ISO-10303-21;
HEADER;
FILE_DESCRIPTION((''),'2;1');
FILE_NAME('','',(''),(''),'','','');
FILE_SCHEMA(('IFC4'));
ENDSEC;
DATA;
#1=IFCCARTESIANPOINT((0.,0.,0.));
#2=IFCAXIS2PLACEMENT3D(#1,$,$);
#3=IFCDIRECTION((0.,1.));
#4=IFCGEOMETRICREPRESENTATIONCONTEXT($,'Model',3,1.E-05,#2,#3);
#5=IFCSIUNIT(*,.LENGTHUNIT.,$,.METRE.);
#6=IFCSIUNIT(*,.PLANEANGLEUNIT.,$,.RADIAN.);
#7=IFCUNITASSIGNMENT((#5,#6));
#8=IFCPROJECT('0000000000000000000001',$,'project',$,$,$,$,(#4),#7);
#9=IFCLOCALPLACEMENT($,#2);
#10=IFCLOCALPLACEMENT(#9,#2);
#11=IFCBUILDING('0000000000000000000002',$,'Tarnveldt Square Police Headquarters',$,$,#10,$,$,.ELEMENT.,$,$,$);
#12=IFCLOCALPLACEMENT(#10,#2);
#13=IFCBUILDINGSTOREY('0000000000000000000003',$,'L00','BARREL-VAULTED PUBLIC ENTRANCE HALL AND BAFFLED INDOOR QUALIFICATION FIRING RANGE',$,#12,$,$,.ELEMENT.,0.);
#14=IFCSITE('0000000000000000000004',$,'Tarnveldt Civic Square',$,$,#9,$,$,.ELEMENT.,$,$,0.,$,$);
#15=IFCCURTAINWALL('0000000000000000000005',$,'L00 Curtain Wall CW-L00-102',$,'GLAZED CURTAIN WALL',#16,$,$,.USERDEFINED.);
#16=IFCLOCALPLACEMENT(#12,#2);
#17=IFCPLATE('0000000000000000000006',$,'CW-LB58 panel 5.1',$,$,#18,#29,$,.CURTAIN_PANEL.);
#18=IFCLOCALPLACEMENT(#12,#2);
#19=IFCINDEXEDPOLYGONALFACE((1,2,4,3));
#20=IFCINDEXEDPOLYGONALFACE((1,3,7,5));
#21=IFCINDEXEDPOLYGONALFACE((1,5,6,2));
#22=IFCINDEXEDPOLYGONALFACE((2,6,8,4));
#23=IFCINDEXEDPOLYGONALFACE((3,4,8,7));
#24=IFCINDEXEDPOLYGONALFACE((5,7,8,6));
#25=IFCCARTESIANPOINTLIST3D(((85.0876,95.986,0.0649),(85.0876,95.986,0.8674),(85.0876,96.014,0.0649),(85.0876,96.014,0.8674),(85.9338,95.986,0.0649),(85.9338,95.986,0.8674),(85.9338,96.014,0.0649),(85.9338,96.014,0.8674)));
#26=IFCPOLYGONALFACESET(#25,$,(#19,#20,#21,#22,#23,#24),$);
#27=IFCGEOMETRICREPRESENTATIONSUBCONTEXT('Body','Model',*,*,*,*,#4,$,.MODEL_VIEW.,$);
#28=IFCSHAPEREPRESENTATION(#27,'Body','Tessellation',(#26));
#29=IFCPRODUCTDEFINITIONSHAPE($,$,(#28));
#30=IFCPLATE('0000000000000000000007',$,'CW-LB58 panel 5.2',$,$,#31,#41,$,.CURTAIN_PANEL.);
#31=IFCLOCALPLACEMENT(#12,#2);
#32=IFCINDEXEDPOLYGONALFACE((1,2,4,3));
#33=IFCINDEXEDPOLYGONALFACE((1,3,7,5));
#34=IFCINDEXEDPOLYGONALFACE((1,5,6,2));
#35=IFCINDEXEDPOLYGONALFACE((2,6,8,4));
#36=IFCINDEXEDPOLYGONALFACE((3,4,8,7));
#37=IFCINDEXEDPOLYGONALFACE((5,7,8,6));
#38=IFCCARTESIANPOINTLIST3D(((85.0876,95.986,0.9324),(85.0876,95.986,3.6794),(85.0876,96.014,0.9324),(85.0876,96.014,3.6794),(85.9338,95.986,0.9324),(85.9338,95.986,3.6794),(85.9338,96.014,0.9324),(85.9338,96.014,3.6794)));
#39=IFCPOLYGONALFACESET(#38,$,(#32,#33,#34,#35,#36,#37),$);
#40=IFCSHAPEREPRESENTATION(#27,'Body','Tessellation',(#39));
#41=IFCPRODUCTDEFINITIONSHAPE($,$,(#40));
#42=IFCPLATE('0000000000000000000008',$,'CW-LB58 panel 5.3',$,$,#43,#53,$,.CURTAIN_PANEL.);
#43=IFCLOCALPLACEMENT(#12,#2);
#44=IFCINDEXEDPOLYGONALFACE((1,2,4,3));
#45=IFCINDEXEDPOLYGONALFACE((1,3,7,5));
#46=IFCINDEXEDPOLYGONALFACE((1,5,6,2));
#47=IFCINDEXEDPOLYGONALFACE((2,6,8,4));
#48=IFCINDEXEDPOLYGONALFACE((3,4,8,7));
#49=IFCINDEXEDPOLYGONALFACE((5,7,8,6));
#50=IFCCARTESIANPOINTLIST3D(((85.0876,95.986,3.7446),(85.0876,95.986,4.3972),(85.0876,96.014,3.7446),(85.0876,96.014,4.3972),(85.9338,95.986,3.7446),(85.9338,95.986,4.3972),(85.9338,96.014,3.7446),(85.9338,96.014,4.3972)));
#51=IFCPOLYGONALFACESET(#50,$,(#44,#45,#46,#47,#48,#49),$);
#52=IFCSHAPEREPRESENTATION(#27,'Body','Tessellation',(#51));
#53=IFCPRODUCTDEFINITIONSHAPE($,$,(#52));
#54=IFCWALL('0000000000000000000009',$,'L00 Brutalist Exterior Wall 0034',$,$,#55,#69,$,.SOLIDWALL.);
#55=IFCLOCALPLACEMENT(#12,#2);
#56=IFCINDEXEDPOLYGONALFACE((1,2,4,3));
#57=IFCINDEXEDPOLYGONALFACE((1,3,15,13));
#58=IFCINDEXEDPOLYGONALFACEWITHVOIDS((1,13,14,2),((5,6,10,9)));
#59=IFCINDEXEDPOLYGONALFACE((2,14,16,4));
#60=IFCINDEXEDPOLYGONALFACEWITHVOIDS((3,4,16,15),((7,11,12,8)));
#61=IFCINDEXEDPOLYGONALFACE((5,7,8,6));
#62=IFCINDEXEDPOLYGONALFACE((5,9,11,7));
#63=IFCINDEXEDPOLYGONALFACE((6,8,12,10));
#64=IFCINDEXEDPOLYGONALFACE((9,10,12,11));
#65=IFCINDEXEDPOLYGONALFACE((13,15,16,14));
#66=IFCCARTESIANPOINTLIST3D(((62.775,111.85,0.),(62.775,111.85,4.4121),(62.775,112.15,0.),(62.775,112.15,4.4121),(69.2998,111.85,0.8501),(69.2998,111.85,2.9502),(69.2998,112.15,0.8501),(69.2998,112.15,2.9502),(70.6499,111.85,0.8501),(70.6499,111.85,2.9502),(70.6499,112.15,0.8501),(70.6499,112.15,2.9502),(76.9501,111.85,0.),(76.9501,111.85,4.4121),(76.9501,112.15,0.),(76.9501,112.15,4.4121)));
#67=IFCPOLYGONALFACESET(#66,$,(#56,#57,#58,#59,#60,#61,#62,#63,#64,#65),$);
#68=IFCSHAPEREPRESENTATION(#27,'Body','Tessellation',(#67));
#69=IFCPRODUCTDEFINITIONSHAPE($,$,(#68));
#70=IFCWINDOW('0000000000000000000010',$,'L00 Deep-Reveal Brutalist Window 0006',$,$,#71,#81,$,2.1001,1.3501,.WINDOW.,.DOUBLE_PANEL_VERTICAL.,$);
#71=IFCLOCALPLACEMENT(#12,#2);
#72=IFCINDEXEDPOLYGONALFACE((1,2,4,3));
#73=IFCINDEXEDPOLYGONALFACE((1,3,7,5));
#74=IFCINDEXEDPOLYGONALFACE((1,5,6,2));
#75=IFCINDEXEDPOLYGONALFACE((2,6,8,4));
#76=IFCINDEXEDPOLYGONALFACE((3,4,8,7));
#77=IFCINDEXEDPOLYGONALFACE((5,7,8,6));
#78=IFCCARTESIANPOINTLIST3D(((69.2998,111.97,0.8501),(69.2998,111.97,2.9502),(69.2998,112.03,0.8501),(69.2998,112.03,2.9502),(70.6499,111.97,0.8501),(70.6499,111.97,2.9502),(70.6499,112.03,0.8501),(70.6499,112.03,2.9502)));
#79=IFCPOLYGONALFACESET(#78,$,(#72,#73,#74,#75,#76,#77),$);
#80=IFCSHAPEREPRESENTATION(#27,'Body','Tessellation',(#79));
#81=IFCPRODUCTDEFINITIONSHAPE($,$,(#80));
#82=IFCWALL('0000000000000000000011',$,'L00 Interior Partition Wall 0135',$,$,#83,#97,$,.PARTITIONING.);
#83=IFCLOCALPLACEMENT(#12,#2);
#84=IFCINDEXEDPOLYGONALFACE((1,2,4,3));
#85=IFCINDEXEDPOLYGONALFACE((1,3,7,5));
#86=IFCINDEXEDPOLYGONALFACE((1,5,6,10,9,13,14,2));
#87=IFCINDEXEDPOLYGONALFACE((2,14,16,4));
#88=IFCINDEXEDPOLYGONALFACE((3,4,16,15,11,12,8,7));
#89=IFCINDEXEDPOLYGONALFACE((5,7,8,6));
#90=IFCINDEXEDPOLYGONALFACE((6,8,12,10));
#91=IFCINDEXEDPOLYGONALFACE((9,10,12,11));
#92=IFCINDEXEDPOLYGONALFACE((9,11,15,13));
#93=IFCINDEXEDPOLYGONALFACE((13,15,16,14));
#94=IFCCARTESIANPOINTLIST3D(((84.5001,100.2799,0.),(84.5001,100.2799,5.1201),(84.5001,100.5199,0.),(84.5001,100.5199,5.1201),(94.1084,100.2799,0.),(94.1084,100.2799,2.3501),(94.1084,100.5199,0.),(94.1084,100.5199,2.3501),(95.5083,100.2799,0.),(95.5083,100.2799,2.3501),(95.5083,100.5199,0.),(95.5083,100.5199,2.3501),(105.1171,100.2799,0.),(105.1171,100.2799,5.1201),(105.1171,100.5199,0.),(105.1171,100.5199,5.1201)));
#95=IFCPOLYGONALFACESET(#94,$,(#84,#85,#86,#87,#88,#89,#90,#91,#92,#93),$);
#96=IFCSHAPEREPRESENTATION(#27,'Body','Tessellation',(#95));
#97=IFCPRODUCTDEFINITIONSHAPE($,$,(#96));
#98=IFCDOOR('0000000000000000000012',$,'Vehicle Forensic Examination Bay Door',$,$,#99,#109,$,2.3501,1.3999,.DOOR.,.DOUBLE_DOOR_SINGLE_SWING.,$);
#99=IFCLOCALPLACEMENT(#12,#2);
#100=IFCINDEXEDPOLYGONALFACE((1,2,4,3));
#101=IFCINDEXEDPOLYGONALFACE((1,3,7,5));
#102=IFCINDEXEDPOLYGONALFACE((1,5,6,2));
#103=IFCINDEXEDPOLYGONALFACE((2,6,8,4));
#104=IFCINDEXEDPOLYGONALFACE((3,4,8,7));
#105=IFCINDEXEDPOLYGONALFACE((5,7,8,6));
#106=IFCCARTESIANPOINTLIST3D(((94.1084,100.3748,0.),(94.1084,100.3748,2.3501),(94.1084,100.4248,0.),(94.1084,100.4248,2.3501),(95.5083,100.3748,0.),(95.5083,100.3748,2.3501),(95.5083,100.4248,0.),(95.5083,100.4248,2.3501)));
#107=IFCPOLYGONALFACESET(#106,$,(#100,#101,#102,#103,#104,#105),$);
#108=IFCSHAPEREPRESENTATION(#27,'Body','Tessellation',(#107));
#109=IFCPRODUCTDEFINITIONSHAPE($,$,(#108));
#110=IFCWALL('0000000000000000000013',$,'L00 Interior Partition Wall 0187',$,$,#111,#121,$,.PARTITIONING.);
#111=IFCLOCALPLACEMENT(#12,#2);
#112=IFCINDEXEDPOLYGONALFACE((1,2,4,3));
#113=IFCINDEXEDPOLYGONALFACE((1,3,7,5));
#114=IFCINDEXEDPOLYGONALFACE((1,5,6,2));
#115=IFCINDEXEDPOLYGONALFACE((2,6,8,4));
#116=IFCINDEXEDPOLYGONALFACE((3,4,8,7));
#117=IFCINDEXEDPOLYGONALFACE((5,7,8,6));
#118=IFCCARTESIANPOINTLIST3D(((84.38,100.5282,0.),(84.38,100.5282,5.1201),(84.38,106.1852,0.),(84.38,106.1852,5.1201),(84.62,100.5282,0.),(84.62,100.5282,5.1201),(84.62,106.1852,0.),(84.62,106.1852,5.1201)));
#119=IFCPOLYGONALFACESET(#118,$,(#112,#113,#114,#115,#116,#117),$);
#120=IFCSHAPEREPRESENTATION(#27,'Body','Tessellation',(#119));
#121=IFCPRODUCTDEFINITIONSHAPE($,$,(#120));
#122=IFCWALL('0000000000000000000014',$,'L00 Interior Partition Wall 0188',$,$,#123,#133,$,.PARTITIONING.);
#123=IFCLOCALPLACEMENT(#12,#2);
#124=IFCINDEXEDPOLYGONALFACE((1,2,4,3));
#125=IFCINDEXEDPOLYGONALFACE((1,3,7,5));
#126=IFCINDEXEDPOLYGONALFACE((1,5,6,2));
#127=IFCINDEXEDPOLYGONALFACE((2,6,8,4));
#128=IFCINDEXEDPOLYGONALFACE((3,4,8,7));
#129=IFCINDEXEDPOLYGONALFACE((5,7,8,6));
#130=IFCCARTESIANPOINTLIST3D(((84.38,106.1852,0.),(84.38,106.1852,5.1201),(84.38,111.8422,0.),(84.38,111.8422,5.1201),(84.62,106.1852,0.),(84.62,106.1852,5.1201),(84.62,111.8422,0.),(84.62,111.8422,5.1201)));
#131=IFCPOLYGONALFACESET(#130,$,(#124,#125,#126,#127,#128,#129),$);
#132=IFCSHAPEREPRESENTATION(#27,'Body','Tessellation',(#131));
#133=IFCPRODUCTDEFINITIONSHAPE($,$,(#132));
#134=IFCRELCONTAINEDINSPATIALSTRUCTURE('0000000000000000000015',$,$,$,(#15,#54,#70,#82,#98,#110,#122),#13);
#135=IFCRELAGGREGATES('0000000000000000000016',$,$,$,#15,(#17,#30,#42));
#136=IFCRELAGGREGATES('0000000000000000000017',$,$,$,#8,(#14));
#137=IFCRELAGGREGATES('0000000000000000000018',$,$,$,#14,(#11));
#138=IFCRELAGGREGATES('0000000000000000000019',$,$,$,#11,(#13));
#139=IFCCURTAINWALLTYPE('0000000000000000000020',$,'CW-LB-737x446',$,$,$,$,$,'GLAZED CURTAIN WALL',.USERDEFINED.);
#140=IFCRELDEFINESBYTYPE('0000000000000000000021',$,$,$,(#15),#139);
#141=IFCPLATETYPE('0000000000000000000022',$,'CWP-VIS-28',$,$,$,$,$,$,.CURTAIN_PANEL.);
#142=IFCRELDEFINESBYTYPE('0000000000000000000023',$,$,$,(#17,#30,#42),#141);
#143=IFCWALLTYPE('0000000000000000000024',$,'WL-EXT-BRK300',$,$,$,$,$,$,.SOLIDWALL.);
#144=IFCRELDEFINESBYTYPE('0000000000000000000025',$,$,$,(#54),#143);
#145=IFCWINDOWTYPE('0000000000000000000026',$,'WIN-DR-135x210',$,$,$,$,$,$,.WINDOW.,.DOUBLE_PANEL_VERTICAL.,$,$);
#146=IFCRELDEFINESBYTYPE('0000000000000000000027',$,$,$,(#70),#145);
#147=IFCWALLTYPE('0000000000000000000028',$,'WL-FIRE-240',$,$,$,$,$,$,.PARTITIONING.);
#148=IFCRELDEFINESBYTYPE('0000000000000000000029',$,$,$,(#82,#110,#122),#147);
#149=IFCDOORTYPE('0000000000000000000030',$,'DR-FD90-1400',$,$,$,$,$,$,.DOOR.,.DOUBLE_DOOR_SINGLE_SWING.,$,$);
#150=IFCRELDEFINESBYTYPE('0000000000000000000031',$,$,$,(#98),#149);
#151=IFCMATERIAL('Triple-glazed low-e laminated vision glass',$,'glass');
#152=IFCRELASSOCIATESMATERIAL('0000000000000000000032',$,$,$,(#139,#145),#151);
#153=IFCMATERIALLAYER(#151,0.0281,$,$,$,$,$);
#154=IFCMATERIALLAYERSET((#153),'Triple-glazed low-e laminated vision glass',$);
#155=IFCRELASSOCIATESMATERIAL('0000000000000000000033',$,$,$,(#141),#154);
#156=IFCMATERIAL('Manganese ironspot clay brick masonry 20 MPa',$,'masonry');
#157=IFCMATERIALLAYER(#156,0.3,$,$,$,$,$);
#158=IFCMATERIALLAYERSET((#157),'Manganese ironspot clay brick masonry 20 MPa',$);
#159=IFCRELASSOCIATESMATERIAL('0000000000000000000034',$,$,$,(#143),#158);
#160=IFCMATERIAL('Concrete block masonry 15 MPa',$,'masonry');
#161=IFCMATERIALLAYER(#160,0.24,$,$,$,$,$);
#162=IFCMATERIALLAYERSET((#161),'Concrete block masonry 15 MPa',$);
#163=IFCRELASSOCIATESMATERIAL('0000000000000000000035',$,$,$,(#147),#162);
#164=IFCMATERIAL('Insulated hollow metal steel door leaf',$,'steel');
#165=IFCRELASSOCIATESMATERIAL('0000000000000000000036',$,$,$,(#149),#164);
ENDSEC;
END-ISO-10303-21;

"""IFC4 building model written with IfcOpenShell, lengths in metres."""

from ifc_helpers import new_model, si_unit, direction, frame, frame_2d, origin, origin_2d, place, context, subcontext, project, spatial, rectangle, extrude, material, layer, layer_set, type_object, element, fill, aggregate, save


model = new_model("IFC4")

# Units and contexts
model_context = context("Model", 3, precision=1e-05, world=origin(), true_north=direction((0.0, 1.0)))
body_context = subcontext(model_context, "Body", "Model", "MODEL_VIEW")
ifc_project = project(units=[si_unit("LENGTHUNIT", "METRE"), si_unit("PLANEANGLEUNIT", "RADIAN")], contexts=[model_context])

# Site, building, storey
site_placement = place(None, origin())
site = spatial("IfcSite", under=ifc_project, at=site_placement, Name="Tarnveldt Civic Square", CompositionType="ELEMENT", RefElevation=0.0)
building_placement = place(site_placement, origin())
building = spatial("IfcBuilding", under=site, at=building_placement, Name="Tarnveldt Square Police Headquarters", CompositionType="ELEMENT")
storey_placement = place(building_placement, origin())
storey = spatial("IfcBuildingStorey", under=building, at=storey_placement, Name="L00", Description="BARREL-VAULTED PUBLIC ENTRANCE HALL AND BAFFLED INDOOR QUALIFICATION FIRING RANGE", CompositionType="ELEMENT", Elevation=0.0)

# Curtain wall, plates
ifc_material_1 = material(Name="Triple-glazed low-e laminated vision glass", Category="glass")
curtain_wall_type = type_object("IfcCurtainWallType", Name="CW-LB-737x446", ElementType="GLAZED CURTAIN WALL", PredefinedType="USERDEFINED", material=ifc_material_1)
curtain_wall_placement = place(storey_placement, origin())
curtain_wall = element("IfcCurtainWall", 1, at=curtain_wall_placement, inside=storey, type_object=curtain_wall_type, Name="L00 Curtain Wall CW-L00-102", ObjectType="GLAZED CURTAIN WALL", PredefinedType="USERDEFINED")
ifc_layer_1 = layer(ifc_material_1, 0.0281)
ifc_layer_set_1 = layer_set([ifc_layer_1], Name="Triple-glazed low-e laminated vision glass")
plate_type = type_object("IfcPlateType", Name="CWP-VIS-28", PredefinedType="CURTAIN_PANEL", material=ifc_layer_set_1)
plate_1_placement = place(storey_placement, frame((85.5107, 96.0, 0.0649), z_axis=(0.0, 0.0, 1.0), x_axis=(1.0, 0.0, 0.0)))
plate_1 = element("IfcPlate", 2, at=plate_1_placement, type_object=plate_type, Name="CW-LB58 panel 5.1", PredefinedType="CURTAIN_PANEL", context=body_context, shape_type="SweptSolid", body=[
    extrude(rectangle(XDim=0.8462, YDim=0.0281, at=origin_2d()), origin(), (0.0, 0.0, 1.0), 0.8025),
])
plate_2_placement = place(storey_placement, frame((85.5107, 96.0, 0.9324), z_axis=(0.0, 0.0, 1.0), x_axis=(1.0, 0.0, 0.0)))
plate_2 = element("IfcPlate", 3, at=plate_2_placement, type_object=plate_type, Name="CW-LB58 panel 5.2", PredefinedType="CURTAIN_PANEL", context=body_context, shape_type="SweptSolid", body=[
    extrude(rectangle(XDim=0.8462, YDim=0.0281, at=origin_2d()), origin(), (0.0, 0.0, 1.0), 2.7471),
])
plate_3_placement = place(storey_placement, frame((85.5107, 96.0, 3.7446), z_axis=(0.0, 0.0, 1.0), x_axis=(1.0, 0.0, 0.0)))
plate_3 = element("IfcPlate", 4, at=plate_3_placement, type_object=plate_type, Name="CW-LB58 panel 5.3", PredefinedType="CURTAIN_PANEL", context=body_context, shape_type="SweptSolid", body=[
    extrude(rectangle(XDim=0.8462, YDim=0.0281, at=origin_2d()), origin(), (0.0, 0.0, 1.0), 0.6526),
])
aggregate(curtain_wall, [plate_1, plate_2, plate_3])

# Wall, opening, window
ifc_material_2 = material(Name="Manganese ironspot clay brick masonry 20 MPa", Category="masonry")
ifc_layer_2 = layer(ifc_material_2, 0.3)
ifc_layer_set_2 = layer_set([ifc_layer_2], Name="Manganese ironspot clay brick masonry 20 MPa")
wall_type_1 = type_object("IfcWallType", Name="WL-EXT-BRK300", PredefinedType="SOLIDWALL", material=ifc_layer_set_2)
wall_1_placement = place(storey_placement, frame((76.95, 112.0, 0.0), z_axis=(0.0, 0.0, 1.0), x_axis=(-1.0, 0.0, 0.0)))
wall_1 = element("IfcWall", 5, at=wall_1_placement, inside=storey, type_object=wall_type_1, Name="L00 Brutalist Exterior Wall 0034", PredefinedType="SOLIDWALL", context=body_context, shape_type="SweptSolid", body=[
    extrude(rectangle(XDim=14.175, YDim=0.3, at=frame_2d((7.0874, 0.0))), origin(), (0.0, 0.0, 1.0), 4.4121),
])
opening_1_placement = place(wall_1_placement, frame((6.3, 0.0, 0.8501)))
opening_1 = element("IfcOpeningElement", 6, at=opening_1_placement, cuts=wall_1, PredefinedType="OPENING", context=body_context, shape_type="SweptSolid", body=[
    extrude(rectangle(XDim=1.3501, YDim=2.1001, at=frame_2d((0.675, 1.05))), frame((0.0, 0.1599, 0.0), z_axis=(0.0, -1.0, 0.0), x_axis=(1.0, 0.0, 0.0)), (0.0, 0.0, 1.0), 0.3201),
])
window_type = type_object("IfcWindowType", Name="WIN-DR-135x210", PartitioningType="DOUBLE_PANEL_VERTICAL", PredefinedType="WINDOW", material=ifc_material_1)
window_placement = place(opening_1_placement, origin())
window = element("IfcWindow", 7, at=window_placement, inside=storey, type_object=window_type, Name="L00 Deep-Reveal Brutalist Window 0006", OverallHeight=2.1001, OverallWidth=1.3501, PartitioningType="DOUBLE_PANEL_VERTICAL", PredefinedType="WINDOW", context=body_context, shape_type="SweptSolid", body=[
    extrude(rectangle(XDim=1.3501, YDim=2.1001, at=frame_2d((0.675, 1.05))), frame((0.0, 0.03, 0.0), z_axis=(0.0, -1.0, 0.0), x_axis=(1.0, 0.0, 0.0)), (0.0, 0.0, 1.0), 0.0601),
])
fill(opening_1, window)

# Wall, opening, door
ifc_material_3 = material(Name="Concrete block masonry 15 MPa", Category="masonry")
ifc_layer_3 = layer(ifc_material_3, 0.24)
ifc_layer_set_3 = layer_set([ifc_layer_3], Name="Concrete block masonry 15 MPa")
wall_type_2 = type_object("IfcWallType", Name="WL-FIRE-240", PredefinedType="PARTITIONING", material=ifc_layer_set_3)
wall_2_placement = place(storey_placement, frame((84.5, 100.3999, 0.0), z_axis=(0.0, 0.0, 1.0), x_axis=(1.0, 0.0, 0.0)))
wall_2 = element("IfcWall", 8, at=wall_2_placement, inside=storey, type_object=wall_type_2, Name="L00 Interior Partition Wall 0135", PredefinedType="PARTITIONING", context=body_context, shape_type="SweptSolid", body=[
    extrude(rectangle(XDim=20.6169, YDim=0.24, at=frame_2d((10.3086, 0.0))), origin(), (0.0, 0.0, 1.0), 5.1201),
])
opening_2_placement = place(wall_2_placement, frame((9.6084, 0.0, 0.0)))
opening_2 = element("IfcOpeningElement", 9, at=opening_2_placement, cuts=wall_2, PredefinedType="OPENING", context=body_context, shape_type="SweptSolid", body=[
    extrude(rectangle(XDim=1.3999, YDim=2.3501, at=frame_2d((0.7, 1.175))), frame((0.0, 0.1299, 0.0), z_axis=(0.0, -1.0, 0.0), x_axis=(1.0, 0.0, 0.0)), (0.0, 0.0, 1.0), 0.26),
])
ifc_material_4 = material(Name="Insulated hollow metal steel door leaf", Category="steel")
door_type = type_object("IfcDoorType", Name="DR-FD90-1400", OperationType="DOUBLE_DOOR_SINGLE_SWING", PredefinedType="DOOR", material=ifc_material_4)
door_placement = place(opening_2_placement, origin())
door = element("IfcDoor", 10, at=door_placement, inside=storey, type_object=door_type, Name="Vehicle Forensic Examination Bay Door", OperationType="DOUBLE_DOOR_SINGLE_SWING", OverallHeight=2.3501, OverallWidth=1.3999, PredefinedType="DOOR", context=body_context, shape_type="SweptSolid", body=[
    extrude(rectangle(XDim=1.3999, YDim=2.3501, at=frame_2d((0.7, 1.175))), frame((0.0, 0.0249, 0.0), z_axis=(0.0, -1.0, 0.0), x_axis=(1.0, 0.0, 0.0)), (0.0, 0.0, 1.0), 0.05),
])
fill(opening_2, door)

# Walls
for number, where, z_axis, x_axis, name in (
    (11, (84.5, 100.5281, 0.0), (0.0, 0.0, 1.0), (0.0, 1.0, 0.0), "L00 Interior Partition Wall 0187"),
    (12, (84.5, 106.1851, 0.0), (0.0, 0.0, 1.0), (0.0, 1.0, 0.0), "L00 Interior Partition Wall 0188"),
):
    element("IfcWall", number, at=place(storey_placement, frame(where, z_axis=z_axis, x_axis=x_axis)), inside=storey, type_object=wall_type_2, Name=name, PredefinedType="PARTITIONING", context=body_context, shape_type="SweptSolid", body=[
        extrude(rectangle(XDim=5.657, YDim=0.24, at=frame_2d((2.8286, 0.0))), origin(), (0.0, 0.0, 1.0), 5.1201),
    ])

save(model, "model.ifc")
